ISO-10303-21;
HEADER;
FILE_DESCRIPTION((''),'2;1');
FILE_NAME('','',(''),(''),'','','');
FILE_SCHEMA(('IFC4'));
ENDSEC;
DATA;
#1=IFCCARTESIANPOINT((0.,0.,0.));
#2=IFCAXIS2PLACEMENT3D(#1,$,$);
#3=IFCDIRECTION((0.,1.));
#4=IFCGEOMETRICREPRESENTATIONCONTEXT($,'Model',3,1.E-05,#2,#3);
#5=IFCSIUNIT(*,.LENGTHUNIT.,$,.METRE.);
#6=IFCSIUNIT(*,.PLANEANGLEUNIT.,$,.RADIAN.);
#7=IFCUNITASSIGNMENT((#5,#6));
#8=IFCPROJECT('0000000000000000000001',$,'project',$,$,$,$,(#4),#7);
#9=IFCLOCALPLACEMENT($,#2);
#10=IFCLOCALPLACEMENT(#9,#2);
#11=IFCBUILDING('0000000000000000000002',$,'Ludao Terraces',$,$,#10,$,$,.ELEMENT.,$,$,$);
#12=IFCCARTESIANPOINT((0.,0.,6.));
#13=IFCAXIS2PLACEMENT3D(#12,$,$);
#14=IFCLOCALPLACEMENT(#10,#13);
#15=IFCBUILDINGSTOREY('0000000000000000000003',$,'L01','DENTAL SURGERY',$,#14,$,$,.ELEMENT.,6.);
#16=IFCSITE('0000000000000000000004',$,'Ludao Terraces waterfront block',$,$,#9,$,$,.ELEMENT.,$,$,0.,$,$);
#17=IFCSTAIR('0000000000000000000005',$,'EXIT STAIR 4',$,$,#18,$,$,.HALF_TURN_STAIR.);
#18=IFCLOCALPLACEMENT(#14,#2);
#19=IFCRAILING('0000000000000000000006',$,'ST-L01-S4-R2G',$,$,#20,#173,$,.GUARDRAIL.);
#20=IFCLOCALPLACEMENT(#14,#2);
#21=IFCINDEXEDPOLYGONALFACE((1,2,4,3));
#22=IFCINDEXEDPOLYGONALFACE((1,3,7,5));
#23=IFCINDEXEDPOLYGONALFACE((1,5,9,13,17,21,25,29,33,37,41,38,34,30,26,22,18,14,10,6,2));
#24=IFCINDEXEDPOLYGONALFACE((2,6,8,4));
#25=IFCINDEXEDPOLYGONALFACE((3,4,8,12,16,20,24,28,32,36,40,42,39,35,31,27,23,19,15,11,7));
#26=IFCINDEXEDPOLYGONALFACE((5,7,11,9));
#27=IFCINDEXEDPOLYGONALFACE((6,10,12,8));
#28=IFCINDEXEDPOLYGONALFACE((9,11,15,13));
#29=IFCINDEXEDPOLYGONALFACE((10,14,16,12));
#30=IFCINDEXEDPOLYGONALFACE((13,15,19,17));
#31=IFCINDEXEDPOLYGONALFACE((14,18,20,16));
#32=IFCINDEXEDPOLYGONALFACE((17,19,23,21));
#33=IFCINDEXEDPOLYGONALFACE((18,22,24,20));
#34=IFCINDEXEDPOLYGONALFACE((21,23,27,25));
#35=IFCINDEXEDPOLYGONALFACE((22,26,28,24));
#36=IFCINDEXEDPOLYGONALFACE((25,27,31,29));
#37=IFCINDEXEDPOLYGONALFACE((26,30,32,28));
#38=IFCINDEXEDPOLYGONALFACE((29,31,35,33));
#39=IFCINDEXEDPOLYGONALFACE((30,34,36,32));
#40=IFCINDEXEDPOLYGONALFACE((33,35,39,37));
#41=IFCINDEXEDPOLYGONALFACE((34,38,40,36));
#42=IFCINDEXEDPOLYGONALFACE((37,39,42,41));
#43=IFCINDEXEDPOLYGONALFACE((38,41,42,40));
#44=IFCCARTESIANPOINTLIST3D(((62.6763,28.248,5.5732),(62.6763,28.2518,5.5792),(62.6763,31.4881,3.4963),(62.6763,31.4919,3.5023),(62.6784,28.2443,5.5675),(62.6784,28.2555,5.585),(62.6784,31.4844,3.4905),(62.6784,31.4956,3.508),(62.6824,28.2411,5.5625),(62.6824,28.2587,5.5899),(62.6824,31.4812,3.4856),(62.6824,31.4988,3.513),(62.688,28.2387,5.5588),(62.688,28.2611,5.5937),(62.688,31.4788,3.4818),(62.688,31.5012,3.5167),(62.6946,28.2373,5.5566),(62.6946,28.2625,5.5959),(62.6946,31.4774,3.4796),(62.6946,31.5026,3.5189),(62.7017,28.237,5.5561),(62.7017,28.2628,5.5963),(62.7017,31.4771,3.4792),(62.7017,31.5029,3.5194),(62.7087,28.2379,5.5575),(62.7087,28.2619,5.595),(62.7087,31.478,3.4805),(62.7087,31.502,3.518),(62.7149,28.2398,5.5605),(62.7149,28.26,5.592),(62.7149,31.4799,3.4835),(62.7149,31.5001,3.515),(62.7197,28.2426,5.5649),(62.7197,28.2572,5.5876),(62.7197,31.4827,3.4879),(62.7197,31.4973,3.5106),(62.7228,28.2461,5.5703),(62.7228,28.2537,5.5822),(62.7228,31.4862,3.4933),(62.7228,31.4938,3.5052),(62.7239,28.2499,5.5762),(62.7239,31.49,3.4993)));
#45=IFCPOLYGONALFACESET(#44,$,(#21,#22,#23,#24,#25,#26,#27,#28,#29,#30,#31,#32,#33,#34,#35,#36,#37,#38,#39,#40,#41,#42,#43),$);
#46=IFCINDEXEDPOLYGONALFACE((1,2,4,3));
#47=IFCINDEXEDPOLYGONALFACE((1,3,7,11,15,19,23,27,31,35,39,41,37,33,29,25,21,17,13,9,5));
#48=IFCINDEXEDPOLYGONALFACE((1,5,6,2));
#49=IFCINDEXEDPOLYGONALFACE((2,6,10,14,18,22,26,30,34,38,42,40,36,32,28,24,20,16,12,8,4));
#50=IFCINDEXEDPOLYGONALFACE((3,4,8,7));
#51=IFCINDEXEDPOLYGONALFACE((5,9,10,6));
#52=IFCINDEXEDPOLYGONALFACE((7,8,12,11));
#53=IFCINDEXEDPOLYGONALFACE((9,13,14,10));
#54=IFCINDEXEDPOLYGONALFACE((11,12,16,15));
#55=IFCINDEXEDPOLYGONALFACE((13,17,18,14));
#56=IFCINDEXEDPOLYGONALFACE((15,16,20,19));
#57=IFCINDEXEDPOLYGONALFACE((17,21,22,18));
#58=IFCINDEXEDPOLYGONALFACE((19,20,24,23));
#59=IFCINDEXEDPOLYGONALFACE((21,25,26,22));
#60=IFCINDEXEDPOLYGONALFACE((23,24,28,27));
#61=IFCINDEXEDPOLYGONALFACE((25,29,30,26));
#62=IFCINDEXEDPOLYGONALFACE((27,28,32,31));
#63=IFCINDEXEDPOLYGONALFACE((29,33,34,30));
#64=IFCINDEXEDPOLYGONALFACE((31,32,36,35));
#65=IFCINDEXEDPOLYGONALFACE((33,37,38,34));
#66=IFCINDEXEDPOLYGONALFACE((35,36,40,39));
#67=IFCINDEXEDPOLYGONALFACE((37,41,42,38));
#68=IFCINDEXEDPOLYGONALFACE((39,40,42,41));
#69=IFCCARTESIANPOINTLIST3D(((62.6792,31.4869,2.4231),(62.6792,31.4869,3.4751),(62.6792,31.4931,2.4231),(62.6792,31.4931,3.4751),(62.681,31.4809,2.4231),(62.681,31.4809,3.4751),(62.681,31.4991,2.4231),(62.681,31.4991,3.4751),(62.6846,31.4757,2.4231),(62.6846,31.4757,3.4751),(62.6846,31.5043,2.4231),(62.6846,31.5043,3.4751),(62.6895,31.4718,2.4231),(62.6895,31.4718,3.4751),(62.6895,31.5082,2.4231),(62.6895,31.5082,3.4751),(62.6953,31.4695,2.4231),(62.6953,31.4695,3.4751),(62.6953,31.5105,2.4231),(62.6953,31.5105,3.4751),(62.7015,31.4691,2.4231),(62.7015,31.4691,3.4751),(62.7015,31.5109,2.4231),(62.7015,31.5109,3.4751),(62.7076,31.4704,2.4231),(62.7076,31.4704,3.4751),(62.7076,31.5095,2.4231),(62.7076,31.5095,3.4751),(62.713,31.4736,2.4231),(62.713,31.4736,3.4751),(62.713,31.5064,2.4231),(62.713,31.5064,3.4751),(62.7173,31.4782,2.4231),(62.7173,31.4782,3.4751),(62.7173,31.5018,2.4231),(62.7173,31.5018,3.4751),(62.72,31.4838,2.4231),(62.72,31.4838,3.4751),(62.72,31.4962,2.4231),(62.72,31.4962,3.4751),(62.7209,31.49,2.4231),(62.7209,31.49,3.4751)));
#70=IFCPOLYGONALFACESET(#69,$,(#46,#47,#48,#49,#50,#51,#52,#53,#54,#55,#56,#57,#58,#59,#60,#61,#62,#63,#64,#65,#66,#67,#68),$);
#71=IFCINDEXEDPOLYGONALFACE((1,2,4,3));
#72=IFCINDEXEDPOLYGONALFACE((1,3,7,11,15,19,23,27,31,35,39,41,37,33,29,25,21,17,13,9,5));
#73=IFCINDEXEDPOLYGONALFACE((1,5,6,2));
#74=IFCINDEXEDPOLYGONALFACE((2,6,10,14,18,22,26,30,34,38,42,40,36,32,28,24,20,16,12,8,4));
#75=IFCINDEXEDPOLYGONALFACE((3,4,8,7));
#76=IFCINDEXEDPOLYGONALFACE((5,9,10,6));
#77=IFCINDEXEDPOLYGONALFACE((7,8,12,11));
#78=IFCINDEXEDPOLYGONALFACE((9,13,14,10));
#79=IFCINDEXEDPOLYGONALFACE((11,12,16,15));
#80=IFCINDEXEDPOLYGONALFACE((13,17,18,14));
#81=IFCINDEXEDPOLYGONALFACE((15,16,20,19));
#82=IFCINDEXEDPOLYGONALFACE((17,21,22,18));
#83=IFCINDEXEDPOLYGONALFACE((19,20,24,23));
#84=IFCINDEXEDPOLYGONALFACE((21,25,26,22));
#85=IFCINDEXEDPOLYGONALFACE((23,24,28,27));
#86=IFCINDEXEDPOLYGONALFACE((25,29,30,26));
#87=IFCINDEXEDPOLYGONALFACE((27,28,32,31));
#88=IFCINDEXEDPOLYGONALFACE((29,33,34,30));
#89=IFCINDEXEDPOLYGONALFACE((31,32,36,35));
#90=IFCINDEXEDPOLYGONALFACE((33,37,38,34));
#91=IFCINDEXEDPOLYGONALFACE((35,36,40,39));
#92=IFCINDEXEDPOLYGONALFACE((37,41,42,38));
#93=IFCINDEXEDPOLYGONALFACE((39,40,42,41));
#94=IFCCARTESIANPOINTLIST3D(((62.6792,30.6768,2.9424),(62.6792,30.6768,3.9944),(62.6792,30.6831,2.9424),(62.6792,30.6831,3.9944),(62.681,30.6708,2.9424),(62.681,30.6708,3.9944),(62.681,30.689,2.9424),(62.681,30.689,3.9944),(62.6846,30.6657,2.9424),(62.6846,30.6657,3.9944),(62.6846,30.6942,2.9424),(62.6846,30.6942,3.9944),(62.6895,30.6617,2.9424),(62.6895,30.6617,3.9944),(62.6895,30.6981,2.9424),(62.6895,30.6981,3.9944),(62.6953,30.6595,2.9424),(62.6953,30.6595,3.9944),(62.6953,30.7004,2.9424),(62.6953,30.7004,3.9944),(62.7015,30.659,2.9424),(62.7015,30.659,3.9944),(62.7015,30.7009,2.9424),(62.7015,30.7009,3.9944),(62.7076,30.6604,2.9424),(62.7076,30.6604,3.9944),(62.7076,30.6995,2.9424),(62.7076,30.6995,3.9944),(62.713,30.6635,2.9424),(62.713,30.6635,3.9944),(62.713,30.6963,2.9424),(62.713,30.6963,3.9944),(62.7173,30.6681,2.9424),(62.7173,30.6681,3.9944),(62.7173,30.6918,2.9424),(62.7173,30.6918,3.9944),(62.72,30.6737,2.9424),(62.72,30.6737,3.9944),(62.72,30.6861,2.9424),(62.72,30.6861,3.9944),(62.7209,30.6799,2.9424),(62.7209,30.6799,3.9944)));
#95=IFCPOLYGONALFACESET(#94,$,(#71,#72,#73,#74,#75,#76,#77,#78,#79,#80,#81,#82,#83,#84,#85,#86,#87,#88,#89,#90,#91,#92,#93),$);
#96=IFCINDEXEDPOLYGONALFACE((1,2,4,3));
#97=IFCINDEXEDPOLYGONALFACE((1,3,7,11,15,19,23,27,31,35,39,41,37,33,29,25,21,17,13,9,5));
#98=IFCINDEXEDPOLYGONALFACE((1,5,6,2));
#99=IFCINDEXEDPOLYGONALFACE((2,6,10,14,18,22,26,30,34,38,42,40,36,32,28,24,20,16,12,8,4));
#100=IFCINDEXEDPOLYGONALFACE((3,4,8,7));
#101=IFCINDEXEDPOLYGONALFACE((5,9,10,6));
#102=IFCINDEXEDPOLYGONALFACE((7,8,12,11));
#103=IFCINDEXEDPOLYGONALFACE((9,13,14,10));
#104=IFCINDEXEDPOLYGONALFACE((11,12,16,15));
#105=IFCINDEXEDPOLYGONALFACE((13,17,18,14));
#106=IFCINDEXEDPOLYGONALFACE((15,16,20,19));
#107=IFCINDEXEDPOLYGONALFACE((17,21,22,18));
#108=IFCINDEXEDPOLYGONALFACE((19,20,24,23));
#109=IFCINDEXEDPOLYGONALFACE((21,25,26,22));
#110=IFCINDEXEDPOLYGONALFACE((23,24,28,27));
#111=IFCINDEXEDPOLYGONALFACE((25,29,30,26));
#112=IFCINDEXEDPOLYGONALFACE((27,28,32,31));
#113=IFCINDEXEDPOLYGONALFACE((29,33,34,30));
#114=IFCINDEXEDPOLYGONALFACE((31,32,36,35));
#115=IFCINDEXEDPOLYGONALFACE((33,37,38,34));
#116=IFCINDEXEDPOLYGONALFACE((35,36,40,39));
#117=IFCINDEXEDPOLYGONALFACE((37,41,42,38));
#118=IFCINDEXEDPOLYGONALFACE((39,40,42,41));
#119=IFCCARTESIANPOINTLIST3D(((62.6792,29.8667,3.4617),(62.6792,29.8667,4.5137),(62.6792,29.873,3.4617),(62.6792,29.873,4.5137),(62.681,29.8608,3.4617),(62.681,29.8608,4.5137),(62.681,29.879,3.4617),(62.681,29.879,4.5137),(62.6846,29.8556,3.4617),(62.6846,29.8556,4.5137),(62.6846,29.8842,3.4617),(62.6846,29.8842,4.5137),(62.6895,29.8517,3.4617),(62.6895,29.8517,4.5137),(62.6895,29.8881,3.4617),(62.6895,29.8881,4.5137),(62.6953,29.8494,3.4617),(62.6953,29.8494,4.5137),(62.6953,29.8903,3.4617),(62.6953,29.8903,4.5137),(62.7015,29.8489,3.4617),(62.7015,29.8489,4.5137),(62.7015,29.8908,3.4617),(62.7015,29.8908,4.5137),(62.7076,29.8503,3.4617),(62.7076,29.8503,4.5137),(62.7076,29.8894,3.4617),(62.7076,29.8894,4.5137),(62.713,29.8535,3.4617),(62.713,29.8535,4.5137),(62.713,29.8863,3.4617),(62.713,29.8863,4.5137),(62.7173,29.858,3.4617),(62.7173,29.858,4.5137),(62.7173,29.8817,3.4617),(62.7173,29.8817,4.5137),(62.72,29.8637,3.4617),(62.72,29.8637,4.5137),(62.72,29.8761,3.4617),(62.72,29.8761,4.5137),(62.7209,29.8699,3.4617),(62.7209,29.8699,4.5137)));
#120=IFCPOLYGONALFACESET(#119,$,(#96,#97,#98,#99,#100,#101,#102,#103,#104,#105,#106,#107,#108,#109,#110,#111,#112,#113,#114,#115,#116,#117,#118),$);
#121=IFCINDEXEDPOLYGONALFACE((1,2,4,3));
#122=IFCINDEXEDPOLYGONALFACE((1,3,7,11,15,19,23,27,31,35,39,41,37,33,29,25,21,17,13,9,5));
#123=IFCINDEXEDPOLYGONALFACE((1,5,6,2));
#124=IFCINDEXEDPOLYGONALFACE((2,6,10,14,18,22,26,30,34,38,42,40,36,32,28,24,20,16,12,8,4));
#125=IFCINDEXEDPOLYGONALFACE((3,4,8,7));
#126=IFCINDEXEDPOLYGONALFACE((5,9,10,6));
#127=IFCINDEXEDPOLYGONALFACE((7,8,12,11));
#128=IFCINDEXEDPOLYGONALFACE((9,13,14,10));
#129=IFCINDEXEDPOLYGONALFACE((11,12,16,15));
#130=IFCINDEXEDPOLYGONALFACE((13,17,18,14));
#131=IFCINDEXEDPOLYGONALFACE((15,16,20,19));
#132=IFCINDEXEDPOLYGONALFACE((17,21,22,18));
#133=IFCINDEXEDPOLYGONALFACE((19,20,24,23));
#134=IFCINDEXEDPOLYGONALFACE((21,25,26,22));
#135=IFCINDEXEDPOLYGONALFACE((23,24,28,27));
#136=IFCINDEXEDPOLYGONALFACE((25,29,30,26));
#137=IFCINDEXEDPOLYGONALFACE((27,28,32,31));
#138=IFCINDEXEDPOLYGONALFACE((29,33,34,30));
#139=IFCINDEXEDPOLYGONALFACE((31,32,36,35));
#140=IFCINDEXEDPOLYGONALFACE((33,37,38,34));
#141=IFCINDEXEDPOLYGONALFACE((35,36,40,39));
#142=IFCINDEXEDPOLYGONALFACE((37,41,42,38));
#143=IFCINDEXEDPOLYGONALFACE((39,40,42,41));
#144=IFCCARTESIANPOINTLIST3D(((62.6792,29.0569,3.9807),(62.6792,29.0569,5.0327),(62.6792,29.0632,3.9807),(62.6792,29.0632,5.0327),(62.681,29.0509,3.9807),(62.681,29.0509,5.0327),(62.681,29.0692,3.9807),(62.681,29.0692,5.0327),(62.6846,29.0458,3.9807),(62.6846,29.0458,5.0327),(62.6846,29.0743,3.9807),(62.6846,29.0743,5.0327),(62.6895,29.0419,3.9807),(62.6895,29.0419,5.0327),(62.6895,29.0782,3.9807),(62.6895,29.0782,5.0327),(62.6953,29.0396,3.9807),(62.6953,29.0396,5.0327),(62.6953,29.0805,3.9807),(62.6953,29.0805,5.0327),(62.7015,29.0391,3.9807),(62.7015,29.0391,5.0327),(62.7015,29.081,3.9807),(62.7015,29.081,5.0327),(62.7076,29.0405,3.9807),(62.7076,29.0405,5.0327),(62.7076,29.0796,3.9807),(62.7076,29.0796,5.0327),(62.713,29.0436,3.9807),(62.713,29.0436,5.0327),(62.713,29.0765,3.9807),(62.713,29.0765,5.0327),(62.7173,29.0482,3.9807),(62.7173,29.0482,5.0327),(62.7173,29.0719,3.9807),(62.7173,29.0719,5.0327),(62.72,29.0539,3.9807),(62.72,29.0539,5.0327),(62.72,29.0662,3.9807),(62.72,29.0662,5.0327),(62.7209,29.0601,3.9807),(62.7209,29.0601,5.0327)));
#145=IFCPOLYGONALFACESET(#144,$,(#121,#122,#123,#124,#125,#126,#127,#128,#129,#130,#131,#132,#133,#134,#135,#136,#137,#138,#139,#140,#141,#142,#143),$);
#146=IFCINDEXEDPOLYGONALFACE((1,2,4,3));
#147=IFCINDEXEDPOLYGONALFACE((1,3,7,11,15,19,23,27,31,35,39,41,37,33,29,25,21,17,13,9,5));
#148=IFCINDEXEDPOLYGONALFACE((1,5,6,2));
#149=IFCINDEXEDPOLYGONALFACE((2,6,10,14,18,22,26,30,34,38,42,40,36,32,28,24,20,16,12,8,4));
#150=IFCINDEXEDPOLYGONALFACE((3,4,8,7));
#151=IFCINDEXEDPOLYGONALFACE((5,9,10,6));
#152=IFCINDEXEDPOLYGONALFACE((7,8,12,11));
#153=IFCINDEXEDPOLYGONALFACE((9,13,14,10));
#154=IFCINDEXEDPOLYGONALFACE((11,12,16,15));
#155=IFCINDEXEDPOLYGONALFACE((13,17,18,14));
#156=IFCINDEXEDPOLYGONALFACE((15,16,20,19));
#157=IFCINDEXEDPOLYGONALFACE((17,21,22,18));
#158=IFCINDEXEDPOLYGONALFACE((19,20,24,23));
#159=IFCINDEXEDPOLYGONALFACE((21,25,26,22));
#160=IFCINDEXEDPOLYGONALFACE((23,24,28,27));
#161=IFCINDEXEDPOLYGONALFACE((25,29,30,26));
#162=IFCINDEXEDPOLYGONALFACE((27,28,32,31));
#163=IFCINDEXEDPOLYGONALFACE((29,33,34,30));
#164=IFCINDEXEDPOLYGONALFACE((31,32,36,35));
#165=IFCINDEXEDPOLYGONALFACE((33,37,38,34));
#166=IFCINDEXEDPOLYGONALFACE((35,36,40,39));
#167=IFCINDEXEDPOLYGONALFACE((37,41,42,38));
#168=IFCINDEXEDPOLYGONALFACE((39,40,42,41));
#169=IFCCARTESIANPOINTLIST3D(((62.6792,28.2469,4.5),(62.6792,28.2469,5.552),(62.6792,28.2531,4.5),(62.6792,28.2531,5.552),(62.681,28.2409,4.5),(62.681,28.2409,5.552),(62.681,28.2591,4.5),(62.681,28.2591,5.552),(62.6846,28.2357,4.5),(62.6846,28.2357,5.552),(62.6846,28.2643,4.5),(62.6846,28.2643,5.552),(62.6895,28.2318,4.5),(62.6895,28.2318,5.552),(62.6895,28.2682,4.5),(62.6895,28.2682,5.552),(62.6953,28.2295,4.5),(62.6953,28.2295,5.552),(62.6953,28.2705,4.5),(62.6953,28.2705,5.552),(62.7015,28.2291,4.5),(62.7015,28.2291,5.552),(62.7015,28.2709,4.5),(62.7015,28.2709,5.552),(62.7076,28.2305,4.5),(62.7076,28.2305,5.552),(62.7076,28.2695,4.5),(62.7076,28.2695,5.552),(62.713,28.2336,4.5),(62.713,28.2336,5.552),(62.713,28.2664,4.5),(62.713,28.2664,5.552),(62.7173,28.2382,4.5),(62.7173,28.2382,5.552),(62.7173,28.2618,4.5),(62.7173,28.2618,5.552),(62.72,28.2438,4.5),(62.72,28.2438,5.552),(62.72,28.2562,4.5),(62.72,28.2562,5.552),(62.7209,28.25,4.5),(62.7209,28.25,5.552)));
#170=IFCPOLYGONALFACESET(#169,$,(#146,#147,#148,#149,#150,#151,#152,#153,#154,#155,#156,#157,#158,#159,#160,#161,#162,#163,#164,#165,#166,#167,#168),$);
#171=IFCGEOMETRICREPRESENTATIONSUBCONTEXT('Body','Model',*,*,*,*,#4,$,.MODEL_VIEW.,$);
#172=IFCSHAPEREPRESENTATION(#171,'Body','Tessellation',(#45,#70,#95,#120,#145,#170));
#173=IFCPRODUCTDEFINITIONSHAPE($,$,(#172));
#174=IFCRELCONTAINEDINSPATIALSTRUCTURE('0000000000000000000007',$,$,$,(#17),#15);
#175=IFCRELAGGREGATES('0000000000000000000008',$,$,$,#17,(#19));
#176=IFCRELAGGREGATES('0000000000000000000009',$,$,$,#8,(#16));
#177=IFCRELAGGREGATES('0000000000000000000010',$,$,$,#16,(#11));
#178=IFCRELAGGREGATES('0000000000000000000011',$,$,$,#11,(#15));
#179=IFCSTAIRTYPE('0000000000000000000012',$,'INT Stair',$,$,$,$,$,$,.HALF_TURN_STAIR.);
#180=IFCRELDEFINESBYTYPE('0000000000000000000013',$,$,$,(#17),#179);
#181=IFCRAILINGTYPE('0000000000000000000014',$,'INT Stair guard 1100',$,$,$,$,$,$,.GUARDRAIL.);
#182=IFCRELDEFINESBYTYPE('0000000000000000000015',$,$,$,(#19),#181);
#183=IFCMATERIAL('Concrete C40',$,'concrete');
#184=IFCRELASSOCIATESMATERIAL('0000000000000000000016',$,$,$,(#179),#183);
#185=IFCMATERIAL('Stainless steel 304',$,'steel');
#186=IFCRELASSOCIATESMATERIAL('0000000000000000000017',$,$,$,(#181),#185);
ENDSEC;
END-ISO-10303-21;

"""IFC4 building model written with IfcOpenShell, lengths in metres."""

from ifc_helpers import new_model, si_unit, direction, frame, origin, origin_2d, place, context, subcontext, project, spatial, circle, extrude, material, type_object, element, aggregate, save


model = new_model("IFC4")

# Units and contexts
model_context = context("Model", 3, precision=1e-05, world=origin(), true_north=direction((0.0, 1.0)))
body_context = subcontext(model_context, "Body", "Model", "MODEL_VIEW")
ifc_project = project(units=[si_unit("LENGTHUNIT", "METRE"), si_unit("PLANEANGLEUNIT", "RADIAN")], contexts=[model_context])

# Site, building, storey
site_placement = place(None, origin())
site = spatial("IfcSite", under=ifc_project, at=site_placement, Name="Ludao Terraces waterfront block", CompositionType="ELEMENT", RefElevation=0.0)
building_placement = place(site_placement, origin())
building = spatial("IfcBuilding", under=site, at=building_placement, Name="Ludao Terraces", CompositionType="ELEMENT")
storey_placement = place(building_placement, frame((0.0, 0.0, 6.0)))
storey = spatial("IfcBuildingStorey", under=building, at=storey_placement, Name="L01", Description="DENTAL SURGERY", CompositionType="ELEMENT", Elevation=6.0)

# Shared definitions
ifc_material_1 = material(Name="Concrete C40", Category="concrete")

# Stair, railing
stair_type = type_object("IfcStairType", Name="INT Stair", PredefinedType="HALF_TURN_STAIR", material=ifc_material_1)
stair_placement = place(storey_placement, origin())
stair = element("IfcStair", 1, at=stair_placement, inside=storey, type_object=stair_type, Name="EXIT STAIR 4", PredefinedType="HALF_TURN_STAIR")
ifc_material_2 = material(Name="Stainless steel 304", Category="steel")
railing_type_1 = type_object("IfcRailingType", Name="INT Stair guard 1100", PredefinedType="GUARDRAIL", material=ifc_material_2)
railing_1_placement = place(storey_placement, frame((62.7, 31.49, 2.4231)))
railing_1 = element("IfcRailing", 2, at=railing_1_placement, type_object=railing_type_1, Name="ST-L01-S4-R2G", PredefinedType="GUARDRAIL", context=body_context, shape_type="SweptSolid", body=[
    extrude(circle(Radius=0.0239, at=origin_2d()), frame((0.0, 0.0, 1.0762), z_axis=(0.0, -0.841881, 0.539664), x_axis=(1.0, 0.0, 0.0)), (0.0, 0.0, 1.0), 3.8486),
    extrude(circle(Radius=0.021, at=origin_2d()), origin(), (0.0, 0.0, 1.0), 1.052),
    extrude(circle(Radius=0.021, at=origin_2d()), frame((0.0, -0.8101, 0.5193)), (0.0, 0.0, 1.0), 1.052),
    extrude(circle(Radius=0.021, at=origin_2d()), frame((0.0, -1.6201, 1.0386)), (0.0, 0.0, 1.0), 1.052),
    extrude(circle(Radius=0.021, at=origin_2d()), frame((0.0, -2.4299, 1.5576)), (0.0, 0.0, 1.0), 1.052),
    extrude(circle(Radius=0.021, at=origin_2d()), frame((0.0, -3.24, 2.0769)), (0.0, 0.0, 1.0), 1.052),
])
aggregate(stair, [railing_1])

save(model, "model.ifc")
